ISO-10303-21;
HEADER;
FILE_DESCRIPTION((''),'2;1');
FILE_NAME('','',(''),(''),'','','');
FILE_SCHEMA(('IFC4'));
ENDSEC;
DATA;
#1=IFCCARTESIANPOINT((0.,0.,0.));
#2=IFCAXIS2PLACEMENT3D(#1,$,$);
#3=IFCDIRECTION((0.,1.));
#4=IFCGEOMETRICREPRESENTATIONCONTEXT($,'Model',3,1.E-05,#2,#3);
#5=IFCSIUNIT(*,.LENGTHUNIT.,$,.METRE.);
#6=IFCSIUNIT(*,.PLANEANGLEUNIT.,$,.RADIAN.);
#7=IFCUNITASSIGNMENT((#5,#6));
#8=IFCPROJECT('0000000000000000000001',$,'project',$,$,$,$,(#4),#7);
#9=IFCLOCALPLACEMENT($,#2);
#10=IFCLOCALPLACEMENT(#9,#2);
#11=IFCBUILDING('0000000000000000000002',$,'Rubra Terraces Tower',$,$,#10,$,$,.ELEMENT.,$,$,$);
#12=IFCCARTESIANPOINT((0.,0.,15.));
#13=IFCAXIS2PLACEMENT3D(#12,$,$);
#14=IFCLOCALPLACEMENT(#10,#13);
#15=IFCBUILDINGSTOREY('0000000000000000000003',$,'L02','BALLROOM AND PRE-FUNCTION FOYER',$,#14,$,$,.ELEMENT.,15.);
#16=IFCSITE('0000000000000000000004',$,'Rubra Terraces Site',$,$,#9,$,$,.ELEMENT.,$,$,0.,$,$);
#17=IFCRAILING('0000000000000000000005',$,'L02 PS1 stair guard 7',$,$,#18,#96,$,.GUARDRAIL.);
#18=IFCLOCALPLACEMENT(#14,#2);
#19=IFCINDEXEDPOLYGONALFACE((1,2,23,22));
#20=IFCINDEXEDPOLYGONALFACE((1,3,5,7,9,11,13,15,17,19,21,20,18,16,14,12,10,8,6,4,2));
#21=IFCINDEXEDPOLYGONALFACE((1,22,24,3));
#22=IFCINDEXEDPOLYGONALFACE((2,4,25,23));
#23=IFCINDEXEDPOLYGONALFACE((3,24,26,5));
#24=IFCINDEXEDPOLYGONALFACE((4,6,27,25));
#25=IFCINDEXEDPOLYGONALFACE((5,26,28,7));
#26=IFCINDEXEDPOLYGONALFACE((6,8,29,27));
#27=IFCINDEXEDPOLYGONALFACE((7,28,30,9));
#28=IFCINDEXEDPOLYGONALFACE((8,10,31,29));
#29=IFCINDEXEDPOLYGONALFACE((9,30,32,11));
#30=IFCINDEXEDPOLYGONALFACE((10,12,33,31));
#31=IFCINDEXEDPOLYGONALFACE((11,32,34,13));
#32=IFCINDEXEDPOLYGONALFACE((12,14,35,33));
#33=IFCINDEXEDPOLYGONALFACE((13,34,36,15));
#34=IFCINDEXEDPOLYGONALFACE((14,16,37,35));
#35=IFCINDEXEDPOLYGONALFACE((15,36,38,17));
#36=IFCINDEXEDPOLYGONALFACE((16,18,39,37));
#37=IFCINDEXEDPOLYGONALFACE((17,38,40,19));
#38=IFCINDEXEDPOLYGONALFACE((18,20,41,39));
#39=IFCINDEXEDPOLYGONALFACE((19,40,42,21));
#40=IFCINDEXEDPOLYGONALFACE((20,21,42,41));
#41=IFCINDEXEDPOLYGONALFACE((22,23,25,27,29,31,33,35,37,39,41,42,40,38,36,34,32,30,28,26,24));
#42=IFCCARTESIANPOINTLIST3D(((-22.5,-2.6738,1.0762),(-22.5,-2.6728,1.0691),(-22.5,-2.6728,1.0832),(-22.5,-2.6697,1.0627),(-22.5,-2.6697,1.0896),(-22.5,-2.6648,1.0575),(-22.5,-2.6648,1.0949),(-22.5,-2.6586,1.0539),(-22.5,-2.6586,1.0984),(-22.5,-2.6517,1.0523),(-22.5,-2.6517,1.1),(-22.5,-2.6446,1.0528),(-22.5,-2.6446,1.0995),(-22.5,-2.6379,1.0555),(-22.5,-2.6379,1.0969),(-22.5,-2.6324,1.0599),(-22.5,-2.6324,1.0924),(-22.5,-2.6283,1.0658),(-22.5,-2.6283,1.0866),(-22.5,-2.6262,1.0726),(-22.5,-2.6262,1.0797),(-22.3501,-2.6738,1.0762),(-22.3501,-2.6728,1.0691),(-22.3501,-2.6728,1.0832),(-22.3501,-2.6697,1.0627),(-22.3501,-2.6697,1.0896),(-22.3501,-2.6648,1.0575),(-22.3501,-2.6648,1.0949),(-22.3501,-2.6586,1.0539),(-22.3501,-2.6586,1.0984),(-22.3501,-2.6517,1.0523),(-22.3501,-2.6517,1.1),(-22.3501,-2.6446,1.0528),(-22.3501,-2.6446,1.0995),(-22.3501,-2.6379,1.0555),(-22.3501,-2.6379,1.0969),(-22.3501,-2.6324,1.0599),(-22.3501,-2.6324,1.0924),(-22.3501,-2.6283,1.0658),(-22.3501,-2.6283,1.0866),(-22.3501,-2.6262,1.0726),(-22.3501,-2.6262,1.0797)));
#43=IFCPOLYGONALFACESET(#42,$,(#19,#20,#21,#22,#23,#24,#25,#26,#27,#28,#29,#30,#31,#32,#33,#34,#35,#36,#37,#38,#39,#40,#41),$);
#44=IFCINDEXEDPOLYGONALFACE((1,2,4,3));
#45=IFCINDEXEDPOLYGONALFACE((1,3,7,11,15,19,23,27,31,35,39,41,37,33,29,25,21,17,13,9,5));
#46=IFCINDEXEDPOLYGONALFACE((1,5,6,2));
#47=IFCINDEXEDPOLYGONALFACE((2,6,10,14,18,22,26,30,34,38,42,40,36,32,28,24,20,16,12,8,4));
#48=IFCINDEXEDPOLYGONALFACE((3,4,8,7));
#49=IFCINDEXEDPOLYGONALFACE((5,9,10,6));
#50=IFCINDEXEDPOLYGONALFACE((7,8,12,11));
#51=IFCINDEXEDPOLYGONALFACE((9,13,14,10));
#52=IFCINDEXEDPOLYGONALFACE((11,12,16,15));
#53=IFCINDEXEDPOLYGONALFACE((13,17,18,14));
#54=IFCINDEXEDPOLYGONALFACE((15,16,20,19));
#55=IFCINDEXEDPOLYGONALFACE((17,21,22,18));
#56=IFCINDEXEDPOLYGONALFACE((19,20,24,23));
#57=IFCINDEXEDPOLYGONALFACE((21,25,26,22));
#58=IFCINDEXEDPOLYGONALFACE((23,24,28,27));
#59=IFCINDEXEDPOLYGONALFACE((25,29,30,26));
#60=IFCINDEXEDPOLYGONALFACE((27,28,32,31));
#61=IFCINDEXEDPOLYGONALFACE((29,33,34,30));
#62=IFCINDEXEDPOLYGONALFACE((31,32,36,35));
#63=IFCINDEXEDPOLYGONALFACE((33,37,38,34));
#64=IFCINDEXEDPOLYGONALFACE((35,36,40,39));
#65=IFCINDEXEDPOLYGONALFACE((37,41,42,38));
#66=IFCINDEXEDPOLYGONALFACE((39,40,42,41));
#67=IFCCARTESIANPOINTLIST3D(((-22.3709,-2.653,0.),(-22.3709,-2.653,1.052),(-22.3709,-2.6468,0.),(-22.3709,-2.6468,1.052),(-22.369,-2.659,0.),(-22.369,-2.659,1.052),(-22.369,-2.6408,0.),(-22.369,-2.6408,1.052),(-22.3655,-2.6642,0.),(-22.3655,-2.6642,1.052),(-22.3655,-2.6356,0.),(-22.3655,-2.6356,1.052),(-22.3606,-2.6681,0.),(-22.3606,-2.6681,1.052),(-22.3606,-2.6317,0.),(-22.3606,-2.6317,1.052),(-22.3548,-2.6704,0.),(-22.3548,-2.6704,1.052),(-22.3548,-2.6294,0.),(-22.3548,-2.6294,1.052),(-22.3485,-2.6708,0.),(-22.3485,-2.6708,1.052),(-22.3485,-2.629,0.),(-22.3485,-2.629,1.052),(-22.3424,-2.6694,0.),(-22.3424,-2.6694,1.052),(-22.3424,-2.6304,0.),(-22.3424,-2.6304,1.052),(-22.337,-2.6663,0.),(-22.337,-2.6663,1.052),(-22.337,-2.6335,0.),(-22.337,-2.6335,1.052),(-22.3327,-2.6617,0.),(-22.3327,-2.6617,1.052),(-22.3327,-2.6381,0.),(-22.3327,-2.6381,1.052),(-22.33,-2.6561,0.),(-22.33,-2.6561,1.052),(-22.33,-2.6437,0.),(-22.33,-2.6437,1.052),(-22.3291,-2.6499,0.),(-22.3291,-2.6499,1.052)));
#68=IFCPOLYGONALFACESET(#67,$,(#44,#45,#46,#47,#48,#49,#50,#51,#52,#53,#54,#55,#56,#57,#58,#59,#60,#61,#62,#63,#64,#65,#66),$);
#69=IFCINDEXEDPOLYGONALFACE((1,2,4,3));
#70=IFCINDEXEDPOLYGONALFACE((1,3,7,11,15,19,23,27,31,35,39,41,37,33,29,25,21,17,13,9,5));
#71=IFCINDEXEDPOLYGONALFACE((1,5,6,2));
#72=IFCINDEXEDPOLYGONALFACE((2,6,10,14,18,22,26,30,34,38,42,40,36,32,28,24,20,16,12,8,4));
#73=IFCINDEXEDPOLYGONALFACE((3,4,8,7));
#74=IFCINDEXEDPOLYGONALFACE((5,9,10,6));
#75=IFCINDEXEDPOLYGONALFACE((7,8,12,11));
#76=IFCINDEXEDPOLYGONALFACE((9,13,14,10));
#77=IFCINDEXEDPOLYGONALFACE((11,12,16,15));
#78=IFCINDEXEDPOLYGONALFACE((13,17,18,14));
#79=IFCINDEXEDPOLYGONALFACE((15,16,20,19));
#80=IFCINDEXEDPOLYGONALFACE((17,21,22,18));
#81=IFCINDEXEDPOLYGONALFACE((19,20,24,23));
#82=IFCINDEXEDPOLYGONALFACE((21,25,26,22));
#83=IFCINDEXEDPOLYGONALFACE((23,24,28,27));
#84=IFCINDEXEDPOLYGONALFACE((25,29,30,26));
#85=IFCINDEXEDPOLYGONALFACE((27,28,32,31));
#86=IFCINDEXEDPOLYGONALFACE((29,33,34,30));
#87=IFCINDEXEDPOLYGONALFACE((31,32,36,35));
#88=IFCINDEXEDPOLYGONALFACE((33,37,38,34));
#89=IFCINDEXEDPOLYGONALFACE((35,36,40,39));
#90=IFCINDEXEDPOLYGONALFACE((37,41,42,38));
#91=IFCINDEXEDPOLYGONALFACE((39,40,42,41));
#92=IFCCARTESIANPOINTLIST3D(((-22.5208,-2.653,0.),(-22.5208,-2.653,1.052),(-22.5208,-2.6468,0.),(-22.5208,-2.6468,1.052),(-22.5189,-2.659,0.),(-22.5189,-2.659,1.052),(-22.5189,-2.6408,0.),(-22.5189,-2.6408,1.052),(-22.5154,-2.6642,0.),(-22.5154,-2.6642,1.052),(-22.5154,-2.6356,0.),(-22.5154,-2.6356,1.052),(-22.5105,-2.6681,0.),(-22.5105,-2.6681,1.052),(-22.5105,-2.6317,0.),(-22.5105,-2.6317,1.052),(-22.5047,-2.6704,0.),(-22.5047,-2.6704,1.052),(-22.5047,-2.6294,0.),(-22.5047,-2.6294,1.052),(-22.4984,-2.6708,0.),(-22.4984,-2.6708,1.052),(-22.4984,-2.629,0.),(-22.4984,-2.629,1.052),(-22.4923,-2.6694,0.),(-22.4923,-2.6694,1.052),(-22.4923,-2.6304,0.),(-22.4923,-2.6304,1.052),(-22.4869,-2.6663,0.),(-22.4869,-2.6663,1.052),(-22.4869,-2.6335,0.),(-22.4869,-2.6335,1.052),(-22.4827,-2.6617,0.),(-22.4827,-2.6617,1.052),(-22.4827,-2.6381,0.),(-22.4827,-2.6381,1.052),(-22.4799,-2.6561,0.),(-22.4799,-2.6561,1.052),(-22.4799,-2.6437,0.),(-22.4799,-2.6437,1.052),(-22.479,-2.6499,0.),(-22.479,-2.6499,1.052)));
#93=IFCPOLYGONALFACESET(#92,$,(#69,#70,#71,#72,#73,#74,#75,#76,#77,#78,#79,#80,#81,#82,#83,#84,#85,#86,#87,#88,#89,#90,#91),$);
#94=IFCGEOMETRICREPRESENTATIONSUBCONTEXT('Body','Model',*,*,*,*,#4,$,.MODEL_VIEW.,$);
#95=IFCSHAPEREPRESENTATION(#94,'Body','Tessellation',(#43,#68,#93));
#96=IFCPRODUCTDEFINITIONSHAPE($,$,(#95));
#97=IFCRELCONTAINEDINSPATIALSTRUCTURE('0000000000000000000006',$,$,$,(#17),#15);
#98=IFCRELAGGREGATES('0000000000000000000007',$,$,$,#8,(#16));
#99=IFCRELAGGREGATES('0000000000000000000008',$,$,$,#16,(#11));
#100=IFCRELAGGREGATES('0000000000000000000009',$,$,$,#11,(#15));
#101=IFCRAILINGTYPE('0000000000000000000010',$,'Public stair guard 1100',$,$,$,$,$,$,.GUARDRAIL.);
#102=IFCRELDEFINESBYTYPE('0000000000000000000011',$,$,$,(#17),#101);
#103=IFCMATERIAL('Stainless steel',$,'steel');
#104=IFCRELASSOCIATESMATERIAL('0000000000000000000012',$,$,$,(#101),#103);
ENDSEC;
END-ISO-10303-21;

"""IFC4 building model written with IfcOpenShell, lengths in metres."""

from ifc_helpers import new_model, si_unit, direction, frame, origin, origin_2d, place, context, subcontext, project, spatial, circle, extrude, material, type_object, element, save


model = new_model("IFC4")

# Units and contexts
model_context = context("Model", 3, precision=1e-05, world=origin(), true_north=direction((0.0, 1.0)))
body_context = subcontext(model_context, "Body", "Model", "MODEL_VIEW")
ifc_project = project(units=[si_unit("LENGTHUNIT", "METRE"), si_unit("PLANEANGLEUNIT", "RADIAN")], contexts=[model_context])

# Site, building, storey
site_placement = place(None, origin())
site = spatial("IfcSite", under=ifc_project, at=site_placement, Name="Rubra Terraces Site", CompositionType="ELEMENT", RefElevation=0.0)
building_placement = place(site_placement, origin())
building = spatial("IfcBuilding", under=site, at=building_placement, Name="Rubra Terraces Tower", CompositionType="ELEMENT")
storey_placement = place(building_placement, frame((0.0, 0.0, 15.0)))
storey = spatial("IfcBuildingStorey", under=building, at=storey_placement, Name="L02", Description="BALLROOM AND PRE-FUNCTION FOYER", CompositionType="ELEMENT", Elevation=15.0)

# Railing
ifc_material_1 = material(Name="Stainless steel", Category="steel")
railing_type = type_object("IfcRailingType", Name="Public stair guard 1100", PredefinedType="GUARDRAIL", material=ifc_material_1)
railing_1_placement = place(storey_placement, frame((-22.3501, -2.6499, 0.0)))
element("IfcRailing", 1, at=railing_1_placement, inside=storey, type_object=railing_type, Name="L02 PS1 stair guard 7", PredefinedType="GUARDRAIL", context=body_context, shape_type="SweptSolid", body=[
    extrude(circle(Radius=0.0239, at=origin_2d()), frame((0.0, 0.0, 1.0762), z_axis=(-1.0, 0.0, 0.0), x_axis=(0.0, -1.0, 0.0)), (0.0, 0.0, 1.0), 0.1499),
    extrude(circle(Radius=0.021, at=origin_2d()), origin(), (0.0, 0.0, 1.0), 1.052),
    extrude(circle(Radius=0.021, at=origin_2d()), frame((-0.1499, 0.0, 0.0)), (0.0, 0.0, 1.0), 1.052),
])

save(model, "model.ifc")
